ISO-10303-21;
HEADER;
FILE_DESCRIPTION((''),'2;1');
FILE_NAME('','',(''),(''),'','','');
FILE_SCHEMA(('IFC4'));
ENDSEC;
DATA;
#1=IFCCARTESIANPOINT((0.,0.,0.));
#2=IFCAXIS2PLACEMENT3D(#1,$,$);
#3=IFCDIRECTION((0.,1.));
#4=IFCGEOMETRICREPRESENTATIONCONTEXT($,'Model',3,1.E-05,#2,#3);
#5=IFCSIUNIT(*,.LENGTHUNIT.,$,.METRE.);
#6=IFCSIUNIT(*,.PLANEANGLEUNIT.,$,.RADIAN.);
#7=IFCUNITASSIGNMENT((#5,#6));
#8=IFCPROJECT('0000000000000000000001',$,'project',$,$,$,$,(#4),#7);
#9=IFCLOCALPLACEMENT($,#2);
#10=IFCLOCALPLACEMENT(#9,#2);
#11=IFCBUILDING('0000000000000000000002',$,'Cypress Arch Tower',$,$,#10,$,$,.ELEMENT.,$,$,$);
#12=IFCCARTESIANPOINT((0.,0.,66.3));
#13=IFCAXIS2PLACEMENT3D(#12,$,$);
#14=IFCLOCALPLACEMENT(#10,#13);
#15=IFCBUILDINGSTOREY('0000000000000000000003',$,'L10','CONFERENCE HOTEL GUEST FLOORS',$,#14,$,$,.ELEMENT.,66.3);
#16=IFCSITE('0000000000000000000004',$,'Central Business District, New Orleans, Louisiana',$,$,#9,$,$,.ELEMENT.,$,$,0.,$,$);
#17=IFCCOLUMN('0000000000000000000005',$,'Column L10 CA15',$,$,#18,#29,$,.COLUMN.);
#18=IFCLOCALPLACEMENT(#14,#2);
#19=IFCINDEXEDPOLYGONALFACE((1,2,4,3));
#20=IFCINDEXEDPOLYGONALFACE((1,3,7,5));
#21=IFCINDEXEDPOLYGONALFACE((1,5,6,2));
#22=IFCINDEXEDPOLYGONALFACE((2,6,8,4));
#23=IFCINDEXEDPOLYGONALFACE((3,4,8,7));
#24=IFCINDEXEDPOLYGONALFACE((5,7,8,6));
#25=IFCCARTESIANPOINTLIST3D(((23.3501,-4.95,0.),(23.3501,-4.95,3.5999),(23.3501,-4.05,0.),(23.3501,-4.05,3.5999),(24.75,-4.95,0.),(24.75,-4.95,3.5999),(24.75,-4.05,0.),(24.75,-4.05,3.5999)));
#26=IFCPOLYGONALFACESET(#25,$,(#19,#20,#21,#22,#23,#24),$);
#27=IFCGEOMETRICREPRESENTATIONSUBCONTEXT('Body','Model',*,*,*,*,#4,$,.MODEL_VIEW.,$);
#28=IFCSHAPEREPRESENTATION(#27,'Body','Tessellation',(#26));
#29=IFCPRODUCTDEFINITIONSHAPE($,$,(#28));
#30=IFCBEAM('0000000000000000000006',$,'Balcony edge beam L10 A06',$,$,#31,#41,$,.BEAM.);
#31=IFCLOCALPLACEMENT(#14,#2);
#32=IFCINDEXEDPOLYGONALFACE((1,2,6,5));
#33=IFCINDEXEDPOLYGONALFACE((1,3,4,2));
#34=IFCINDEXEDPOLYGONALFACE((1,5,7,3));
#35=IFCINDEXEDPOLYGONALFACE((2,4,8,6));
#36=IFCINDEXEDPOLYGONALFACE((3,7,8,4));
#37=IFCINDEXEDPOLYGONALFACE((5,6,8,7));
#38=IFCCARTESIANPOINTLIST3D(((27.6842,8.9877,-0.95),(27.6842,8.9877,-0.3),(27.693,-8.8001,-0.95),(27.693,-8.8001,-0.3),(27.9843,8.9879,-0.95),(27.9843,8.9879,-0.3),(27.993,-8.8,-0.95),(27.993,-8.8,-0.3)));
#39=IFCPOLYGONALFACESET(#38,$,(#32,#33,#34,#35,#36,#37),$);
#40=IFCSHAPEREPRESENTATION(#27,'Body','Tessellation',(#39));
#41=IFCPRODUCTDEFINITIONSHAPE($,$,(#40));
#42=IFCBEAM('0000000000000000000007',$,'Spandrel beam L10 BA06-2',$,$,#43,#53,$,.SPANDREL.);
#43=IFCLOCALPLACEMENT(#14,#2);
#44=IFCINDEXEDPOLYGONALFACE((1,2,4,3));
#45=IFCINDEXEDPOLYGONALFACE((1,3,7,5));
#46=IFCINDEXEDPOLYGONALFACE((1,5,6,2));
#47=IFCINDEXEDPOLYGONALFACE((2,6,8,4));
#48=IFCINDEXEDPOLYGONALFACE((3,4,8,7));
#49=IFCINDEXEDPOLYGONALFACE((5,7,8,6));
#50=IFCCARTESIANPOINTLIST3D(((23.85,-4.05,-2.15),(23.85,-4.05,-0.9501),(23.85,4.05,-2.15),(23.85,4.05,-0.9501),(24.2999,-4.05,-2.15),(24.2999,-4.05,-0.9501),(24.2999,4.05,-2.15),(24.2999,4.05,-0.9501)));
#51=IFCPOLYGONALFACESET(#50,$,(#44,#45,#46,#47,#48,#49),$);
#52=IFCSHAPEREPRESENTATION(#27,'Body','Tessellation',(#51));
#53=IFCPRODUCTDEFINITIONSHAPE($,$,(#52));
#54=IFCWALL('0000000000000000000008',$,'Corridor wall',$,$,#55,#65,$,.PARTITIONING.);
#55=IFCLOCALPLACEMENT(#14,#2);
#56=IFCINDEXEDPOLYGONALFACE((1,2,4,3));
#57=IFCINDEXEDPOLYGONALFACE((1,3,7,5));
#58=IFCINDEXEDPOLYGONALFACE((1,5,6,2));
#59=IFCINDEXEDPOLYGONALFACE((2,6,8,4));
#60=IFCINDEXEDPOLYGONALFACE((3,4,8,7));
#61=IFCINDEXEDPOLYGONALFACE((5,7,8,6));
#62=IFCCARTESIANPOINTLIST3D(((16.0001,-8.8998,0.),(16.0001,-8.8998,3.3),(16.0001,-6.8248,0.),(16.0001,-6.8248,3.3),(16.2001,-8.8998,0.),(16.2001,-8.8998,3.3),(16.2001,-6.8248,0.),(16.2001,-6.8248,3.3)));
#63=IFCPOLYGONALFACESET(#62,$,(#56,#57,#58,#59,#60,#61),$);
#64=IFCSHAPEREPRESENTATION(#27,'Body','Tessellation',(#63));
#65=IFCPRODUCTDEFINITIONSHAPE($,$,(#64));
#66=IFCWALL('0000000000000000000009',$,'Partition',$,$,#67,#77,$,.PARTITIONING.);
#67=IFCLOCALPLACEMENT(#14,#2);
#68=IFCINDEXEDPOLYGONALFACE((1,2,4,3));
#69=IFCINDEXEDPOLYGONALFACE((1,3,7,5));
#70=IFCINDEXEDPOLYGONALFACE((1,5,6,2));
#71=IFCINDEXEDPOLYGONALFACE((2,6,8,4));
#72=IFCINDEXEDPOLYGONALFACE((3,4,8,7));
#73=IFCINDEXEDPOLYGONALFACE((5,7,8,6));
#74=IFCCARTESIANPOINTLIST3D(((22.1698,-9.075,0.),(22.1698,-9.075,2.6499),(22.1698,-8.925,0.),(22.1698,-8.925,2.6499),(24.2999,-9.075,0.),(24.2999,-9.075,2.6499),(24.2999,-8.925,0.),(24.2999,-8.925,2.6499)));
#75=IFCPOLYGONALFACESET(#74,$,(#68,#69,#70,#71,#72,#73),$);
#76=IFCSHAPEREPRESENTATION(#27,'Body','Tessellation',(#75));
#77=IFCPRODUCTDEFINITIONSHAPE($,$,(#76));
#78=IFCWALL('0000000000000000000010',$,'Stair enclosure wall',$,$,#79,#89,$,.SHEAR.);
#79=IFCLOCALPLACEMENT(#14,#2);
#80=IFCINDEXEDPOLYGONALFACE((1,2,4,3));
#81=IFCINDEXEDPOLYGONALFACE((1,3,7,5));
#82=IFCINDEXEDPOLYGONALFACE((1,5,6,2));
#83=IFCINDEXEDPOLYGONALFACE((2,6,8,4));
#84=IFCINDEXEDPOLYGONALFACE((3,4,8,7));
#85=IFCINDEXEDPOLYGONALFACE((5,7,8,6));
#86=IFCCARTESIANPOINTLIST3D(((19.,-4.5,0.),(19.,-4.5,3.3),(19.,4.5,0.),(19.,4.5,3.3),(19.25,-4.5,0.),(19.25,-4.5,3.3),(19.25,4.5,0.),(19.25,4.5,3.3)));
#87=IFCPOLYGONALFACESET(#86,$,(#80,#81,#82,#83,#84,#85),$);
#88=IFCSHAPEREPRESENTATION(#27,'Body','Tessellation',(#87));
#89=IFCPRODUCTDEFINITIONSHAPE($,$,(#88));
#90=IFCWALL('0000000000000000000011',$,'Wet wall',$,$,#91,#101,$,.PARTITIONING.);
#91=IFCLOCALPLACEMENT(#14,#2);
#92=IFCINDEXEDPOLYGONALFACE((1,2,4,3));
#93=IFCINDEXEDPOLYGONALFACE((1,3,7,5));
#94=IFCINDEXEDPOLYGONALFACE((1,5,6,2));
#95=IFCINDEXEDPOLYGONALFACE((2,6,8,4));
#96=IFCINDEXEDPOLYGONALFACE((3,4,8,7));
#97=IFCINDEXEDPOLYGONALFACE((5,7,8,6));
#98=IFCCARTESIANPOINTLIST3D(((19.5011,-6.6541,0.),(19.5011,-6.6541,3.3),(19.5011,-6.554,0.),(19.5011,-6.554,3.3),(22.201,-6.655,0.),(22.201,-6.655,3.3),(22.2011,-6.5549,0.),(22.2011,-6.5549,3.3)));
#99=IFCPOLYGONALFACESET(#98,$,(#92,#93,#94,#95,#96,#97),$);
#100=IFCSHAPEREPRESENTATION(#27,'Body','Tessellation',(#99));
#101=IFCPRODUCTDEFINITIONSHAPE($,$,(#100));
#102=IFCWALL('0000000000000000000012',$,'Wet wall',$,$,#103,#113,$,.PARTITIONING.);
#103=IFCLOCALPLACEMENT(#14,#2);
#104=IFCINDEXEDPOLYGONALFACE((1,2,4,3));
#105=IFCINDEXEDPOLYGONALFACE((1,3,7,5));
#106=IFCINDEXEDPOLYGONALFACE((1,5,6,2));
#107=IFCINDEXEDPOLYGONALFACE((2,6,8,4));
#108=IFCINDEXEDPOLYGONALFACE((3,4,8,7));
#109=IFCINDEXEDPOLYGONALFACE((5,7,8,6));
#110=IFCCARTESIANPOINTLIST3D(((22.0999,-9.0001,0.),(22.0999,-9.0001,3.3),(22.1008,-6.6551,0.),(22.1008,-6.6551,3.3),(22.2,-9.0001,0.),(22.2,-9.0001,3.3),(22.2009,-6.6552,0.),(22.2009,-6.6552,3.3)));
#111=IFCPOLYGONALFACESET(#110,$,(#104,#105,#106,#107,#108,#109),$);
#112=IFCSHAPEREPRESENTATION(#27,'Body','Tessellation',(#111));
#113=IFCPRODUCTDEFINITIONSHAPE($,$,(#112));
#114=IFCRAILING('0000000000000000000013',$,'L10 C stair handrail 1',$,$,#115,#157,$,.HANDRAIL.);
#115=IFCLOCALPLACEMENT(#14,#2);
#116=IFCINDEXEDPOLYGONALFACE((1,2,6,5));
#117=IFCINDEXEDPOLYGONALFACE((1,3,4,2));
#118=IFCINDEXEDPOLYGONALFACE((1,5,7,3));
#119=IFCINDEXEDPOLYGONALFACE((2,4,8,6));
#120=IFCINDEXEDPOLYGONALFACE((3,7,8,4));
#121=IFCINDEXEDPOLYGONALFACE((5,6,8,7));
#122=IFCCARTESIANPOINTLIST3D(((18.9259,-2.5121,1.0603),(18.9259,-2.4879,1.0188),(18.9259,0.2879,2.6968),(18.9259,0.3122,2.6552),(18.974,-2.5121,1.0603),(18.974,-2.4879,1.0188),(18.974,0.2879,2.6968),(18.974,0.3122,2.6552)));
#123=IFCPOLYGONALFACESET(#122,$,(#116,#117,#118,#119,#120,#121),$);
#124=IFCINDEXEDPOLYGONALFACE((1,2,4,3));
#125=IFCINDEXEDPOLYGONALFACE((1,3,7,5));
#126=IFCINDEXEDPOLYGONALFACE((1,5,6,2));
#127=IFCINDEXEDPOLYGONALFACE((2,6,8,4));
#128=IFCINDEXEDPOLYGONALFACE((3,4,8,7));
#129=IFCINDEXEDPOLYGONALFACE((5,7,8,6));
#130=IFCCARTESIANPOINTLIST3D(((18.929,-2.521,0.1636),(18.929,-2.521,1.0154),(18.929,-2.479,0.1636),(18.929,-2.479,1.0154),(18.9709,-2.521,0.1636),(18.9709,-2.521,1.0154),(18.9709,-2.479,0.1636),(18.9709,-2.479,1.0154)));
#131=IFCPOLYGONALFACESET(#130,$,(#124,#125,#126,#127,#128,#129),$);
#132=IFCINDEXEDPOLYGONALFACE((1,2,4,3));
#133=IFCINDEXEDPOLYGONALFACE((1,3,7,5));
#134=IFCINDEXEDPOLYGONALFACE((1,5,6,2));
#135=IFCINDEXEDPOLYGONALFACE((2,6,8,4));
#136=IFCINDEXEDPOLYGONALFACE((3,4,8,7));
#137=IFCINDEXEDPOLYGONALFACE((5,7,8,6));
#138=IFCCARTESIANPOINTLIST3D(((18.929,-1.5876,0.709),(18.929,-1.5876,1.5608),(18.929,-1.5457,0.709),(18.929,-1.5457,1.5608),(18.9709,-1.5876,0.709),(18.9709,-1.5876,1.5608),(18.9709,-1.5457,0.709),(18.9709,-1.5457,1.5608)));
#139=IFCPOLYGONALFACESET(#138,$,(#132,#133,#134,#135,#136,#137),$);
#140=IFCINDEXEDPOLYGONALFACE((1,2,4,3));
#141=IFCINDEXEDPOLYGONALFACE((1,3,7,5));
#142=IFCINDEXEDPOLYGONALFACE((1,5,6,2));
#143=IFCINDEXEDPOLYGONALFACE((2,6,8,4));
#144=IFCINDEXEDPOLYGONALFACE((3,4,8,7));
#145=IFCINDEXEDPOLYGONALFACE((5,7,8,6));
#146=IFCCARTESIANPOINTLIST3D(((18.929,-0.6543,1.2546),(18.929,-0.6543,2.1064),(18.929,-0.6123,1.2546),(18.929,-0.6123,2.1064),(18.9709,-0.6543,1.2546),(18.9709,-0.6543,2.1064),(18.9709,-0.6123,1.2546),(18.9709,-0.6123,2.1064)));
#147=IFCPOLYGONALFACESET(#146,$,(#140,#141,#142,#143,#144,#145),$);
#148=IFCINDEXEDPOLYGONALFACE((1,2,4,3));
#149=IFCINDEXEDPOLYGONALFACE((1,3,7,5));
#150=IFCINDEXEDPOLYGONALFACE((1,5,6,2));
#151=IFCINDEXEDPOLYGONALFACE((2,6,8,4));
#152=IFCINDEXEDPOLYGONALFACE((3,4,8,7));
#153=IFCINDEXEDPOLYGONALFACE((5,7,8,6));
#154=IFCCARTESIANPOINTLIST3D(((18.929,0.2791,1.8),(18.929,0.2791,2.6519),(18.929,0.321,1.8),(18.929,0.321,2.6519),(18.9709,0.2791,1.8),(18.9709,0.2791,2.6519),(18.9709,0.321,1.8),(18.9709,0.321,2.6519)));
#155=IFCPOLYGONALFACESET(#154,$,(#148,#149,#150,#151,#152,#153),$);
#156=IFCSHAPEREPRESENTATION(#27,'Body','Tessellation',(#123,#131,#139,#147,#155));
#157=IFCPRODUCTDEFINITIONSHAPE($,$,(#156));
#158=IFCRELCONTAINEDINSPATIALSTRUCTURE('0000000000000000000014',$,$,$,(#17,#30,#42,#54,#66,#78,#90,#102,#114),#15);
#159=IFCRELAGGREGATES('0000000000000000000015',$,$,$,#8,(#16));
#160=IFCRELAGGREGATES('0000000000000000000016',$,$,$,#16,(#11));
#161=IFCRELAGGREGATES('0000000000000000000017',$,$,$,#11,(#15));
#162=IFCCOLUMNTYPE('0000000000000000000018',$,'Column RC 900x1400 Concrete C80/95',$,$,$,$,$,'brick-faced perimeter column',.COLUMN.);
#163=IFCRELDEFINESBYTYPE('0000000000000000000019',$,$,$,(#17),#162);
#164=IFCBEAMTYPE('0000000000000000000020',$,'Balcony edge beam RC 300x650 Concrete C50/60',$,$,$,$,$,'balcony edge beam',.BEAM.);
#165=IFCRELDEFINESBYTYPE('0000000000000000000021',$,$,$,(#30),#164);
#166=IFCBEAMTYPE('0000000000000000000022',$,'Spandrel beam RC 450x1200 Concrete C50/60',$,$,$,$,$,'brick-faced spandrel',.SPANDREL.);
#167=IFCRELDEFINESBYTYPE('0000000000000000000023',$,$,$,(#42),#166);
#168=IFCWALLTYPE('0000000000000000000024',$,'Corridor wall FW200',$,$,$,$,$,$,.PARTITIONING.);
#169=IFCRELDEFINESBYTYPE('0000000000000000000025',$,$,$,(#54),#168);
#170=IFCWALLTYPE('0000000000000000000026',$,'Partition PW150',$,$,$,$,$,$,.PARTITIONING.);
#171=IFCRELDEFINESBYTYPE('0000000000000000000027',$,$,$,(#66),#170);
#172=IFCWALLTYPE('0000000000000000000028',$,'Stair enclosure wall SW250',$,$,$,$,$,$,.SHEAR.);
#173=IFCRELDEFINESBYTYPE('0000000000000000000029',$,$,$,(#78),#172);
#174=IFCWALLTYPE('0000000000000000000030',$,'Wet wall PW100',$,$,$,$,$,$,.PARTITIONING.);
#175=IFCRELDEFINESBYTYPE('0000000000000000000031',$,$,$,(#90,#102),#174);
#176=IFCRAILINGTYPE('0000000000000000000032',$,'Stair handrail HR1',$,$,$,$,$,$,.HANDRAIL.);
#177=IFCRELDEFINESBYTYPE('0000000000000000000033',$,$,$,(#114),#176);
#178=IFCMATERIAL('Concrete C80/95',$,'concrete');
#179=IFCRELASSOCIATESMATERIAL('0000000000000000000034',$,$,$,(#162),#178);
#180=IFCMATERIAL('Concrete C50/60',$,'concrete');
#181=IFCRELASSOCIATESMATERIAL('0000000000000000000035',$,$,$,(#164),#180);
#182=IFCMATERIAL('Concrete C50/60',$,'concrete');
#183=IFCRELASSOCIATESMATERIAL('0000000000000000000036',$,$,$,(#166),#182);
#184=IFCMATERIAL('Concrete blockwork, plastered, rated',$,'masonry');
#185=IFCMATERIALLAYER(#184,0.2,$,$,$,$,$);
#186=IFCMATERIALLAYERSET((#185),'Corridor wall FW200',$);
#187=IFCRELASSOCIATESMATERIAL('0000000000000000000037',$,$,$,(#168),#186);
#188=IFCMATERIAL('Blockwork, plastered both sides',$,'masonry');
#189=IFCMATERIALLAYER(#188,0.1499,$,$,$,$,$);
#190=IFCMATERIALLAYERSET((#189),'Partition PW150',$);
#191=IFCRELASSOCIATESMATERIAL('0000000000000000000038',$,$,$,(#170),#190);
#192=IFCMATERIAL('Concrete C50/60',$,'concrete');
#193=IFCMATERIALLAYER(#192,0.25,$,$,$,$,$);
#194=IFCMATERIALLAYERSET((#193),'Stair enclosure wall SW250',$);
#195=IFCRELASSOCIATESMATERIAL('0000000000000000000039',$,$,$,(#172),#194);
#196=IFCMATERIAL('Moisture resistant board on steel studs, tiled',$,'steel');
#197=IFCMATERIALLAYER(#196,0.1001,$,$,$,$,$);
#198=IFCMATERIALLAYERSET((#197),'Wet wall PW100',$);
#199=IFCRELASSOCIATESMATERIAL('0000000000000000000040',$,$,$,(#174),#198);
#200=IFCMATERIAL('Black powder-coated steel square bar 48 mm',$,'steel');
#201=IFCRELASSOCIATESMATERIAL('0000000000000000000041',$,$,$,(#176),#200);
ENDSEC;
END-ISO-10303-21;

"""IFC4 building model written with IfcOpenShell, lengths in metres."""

from ifc_helpers import new_model, si_unit, direction, frame, frame_2d, origin, origin_2d, place, context, subcontext, project, spatial, rectangle, extrude, material, layer, layer_set, material_profile, profile_set, type_object, element, save


model = new_model("IFC4")

# Units and contexts
model_context = context("Model", 3, precision=1e-05, world=origin(), true_north=direction((0.0, 1.0)))
body_context = subcontext(model_context, "Body", "Model", "MODEL_VIEW")
ifc_project = project(units=[si_unit("LENGTHUNIT", "METRE"), si_unit("PLANEANGLEUNIT", "RADIAN")], contexts=[model_context])

# Site, building, storey
site_placement = place(None, origin())
site = spatial("IfcSite", under=ifc_project, at=site_placement, Name="Central Business District, New Orleans, Louisiana", CompositionType="ELEMENT", RefElevation=0.0)
building_placement = place(site_placement, origin())
building = spatial("IfcBuilding", under=site, at=building_placement, Name="Cypress Arch Tower", CompositionType="ELEMENT")
storey_placement = place(building_placement, frame((0.0, 0.0, 66.3)))
storey = spatial("IfcBuildingStorey", under=building, at=storey_placement, Name="L10", Description="CONFERENCE HOTEL GUEST FLOORS", CompositionType="ELEMENT", Elevation=66.3)

# Column
ifc_material_1 = material(Name="Concrete C80/95", Category="concrete")
ifc_material_profile_1 = material_profile(ifc_material_1, rectangle(XDim=0.8999, YDim=1.3999, at=origin_2d()), Name="RC 900x1400")
ifc_profile_set_1 = profile_set([ifc_material_profile_1], Name="Concrete C80/95")
column_type = type_object("IfcColumnType", Name="Column RC 900x1400 Concrete C80/95", ElementType="brick-faced perimeter column", PredefinedType="COLUMN", material=ifc_profile_set_1)
column_placement = place(storey_placement, frame((24.05, -4.5, 0.0), z_axis=(0.0, 0.0, 1.0), x_axis=(0.0, 1.0, 0.0)))
element("IfcColumn", 1, at=column_placement, inside=storey, type_object=column_type, Name="Column L10 CA15", PredefinedType="COLUMN", context=body_context, shape_type="SweptSolid", body=[
    extrude(rectangle(XDim=0.8999, YDim=1.3999, at=origin_2d()), origin(), (0.0, 0.0, 1.0), 3.5999),
])

# Beams
ifc_material_2 = material(Name="Concrete C50/60", Category="concrete")
ifc_material_profile_2 = material_profile(ifc_material_2, rectangle(XDim=0.3, YDim=0.6499, at=origin_2d()), Name="RC 300x650")
ifc_profile_set_2 = profile_set([ifc_material_profile_2], Name="Concrete C50/60")
beam_type_1 = type_object("IfcBeamType", Name="Balcony edge beam RC 300x650 Concrete C50/60", ElementType="balcony edge beam", PredefinedType="BEAM", material=ifc_profile_set_2)
beam_1_placement = place(storey_placement, frame((27.843, -8.8, -0.625), z_axis=(-0.000494, 1.0, 0.0), x_axis=(-1.0, -0.000494, 0.0)))
element("IfcBeam", 2, at=beam_1_placement, inside=storey, type_object=beam_type_1, Name="Balcony edge beam L10 A06", PredefinedType="BEAM", context=body_context, shape_type="SweptSolid", body=[
    extrude(rectangle(XDim=0.3, YDim=0.6499, at=origin_2d()), origin(), (0.0, 0.0, 1.0), 17.7878),
])
ifc_material_3 = material(Name="Concrete C50/60", Category="concrete")
ifc_material_profile_3 = material_profile(ifc_material_3, rectangle(XDim=0.45, YDim=1.2, at=origin_2d()), Name="RC 450x1200")
ifc_profile_set_3 = profile_set([ifc_material_profile_3], Name="Concrete C50/60")
beam_type_2 = type_object("IfcBeamType", Name="Spandrel beam RC 450x1200 Concrete C50/60", ElementType="brick-faced spandrel", PredefinedType="SPANDREL", material=ifc_profile_set_3)
beam_2_placement = place(storey_placement, frame((24.075, -4.05, -1.55), z_axis=(0.0, 1.0, 0.0), x_axis=(-1.0, 0.0, 0.0)))
element("IfcBeam", 3, at=beam_2_placement, inside=storey, type_object=beam_type_2, Name="Spandrel beam L10 BA06-2", PredefinedType="SPANDREL", context=body_context, shape_type="SweptSolid", body=[
    extrude(rectangle(XDim=0.45, YDim=1.2, at=origin_2d()), origin(), (0.0, 0.0, 1.0), 8.1001),
])

# Walls
ifc_material_4 = material(Name="Concrete blockwork, plastered, rated", Category="masonry")
ifc_layer_1 = layer(ifc_material_4, 0.2)
ifc_layer_set_1 = layer_set([ifc_layer_1], Name="Corridor wall FW200")
wall_type_1 = type_object("IfcWallType", Name="Corridor wall FW200", PredefinedType="PARTITIONING", material=ifc_layer_set_1)
wall_1_placement = place(storey_placement, frame((16.1001, -8.8999, 0.0), z_axis=(0.0, 0.0, 1.0), x_axis=(0.0, 1.0, 0.0)))
element("IfcWall", 4, at=wall_1_placement, inside=storey, type_object=wall_type_1, Name="Corridor wall", PredefinedType="PARTITIONING", context=body_context, shape_type="SweptSolid", body=[
    extrude(rectangle(XDim=2.075, YDim=0.2, at=frame_2d((1.0376, 0.0))), origin(), (0.0, 0.0, 1.0), 3.3),
])
ifc_material_5 = material(Name="Blockwork, plastered both sides", Category="masonry")
ifc_layer_2 = layer(ifc_material_5, 0.1499)
ifc_layer_set_2 = layer_set([ifc_layer_2], Name="Partition PW150")
wall_type_2 = type_object("IfcWallType", Name="Partition PW150", PredefinedType="PARTITIONING", material=ifc_layer_set_2)
wall_2_placement = place(storey_placement, frame((22.1699, -9.0, 0.0), z_axis=(0.0, 0.0, 1.0), x_axis=(1.0, 0.0, 0.0)))
element("IfcWall", 5, at=wall_2_placement, inside=storey, type_object=wall_type_2, Name="Partition", PredefinedType="PARTITIONING", context=body_context, shape_type="SweptSolid", body=[
    extrude(rectangle(XDim=2.1301, YDim=0.1499, at=frame_2d((1.0649, 0.0))), origin(), (0.0, 0.0, 1.0), 2.6499),
])
ifc_material_6 = material(Name="Concrete C50/60", Category="concrete")
ifc_layer_3 = layer(ifc_material_6, 0.25)
ifc_layer_set_3 = layer_set([ifc_layer_3], Name="Stair enclosure wall SW250")
wall_type_3 = type_object("IfcWallType", Name="Stair enclosure wall SW250", PredefinedType="SHEAR", material=ifc_layer_set_3)
wall_3_placement = place(storey_placement, frame((19.125, -4.5, 0.0), z_axis=(0.0, 0.0, 1.0), x_axis=(0.0, 1.0, 0.0)))
element("IfcWall", 6, at=wall_3_placement, inside=storey, type_object=wall_type_3, Name="Stair enclosure wall", PredefinedType="SHEAR", context=body_context, shape_type="SweptSolid", body=[
    extrude(rectangle(XDim=9.0, YDim=0.25, at=frame_2d((4.5, 0.0))), origin(), (0.0, 0.0, 1.0), 3.3),
])
ifc_material_7 = material(Name="Moisture resistant board on steel studs, tiled", Category="steel")
ifc_layer_4 = layer(ifc_material_7, 0.1001)
ifc_layer_set_4 = layer_set([ifc_layer_4], Name="Wet wall PW100")
wall_type_4 = type_object("IfcWallType", Name="Wet wall PW100", PredefinedType="PARTITIONING", material=ifc_layer_set_4)
wall_4_placement = place(storey_placement, frame((19.501, -6.604, 0.0), z_axis=(0.0, 0.0, 1.0), x_axis=(1.0, -0.000362, 0.0)))
element("IfcWall", 7, at=wall_4_placement, inside=storey, type_object=wall_type_4, Name="Wet wall", PredefinedType="PARTITIONING", context=body_context, shape_type="SweptSolid", body=[
    extrude(rectangle(XDim=2.7, YDim=0.1001, at=frame_2d((1.3501, 0.0))), origin(), (0.0, 0.0, 1.0), 3.3),
])
wall_5_placement = place(storey_placement, frame((22.1499, -9.0, 0.0), z_axis=(0.0, 0.0, 1.0), x_axis=(0.000416, 1.0, 0.0)))
element("IfcWall", 8, at=wall_5_placement, inside=storey, type_object=wall_type_4, Name="Wet wall", PredefinedType="PARTITIONING", context=body_context, shape_type="SweptSolid", body=[
    extrude(rectangle(XDim=2.345, YDim=0.1001, at=frame_2d((1.1724, 0.0))), origin(), (0.0, 0.0, 1.0), 3.3),
])

# Railing
ifc_material_8 = material(Name="Black powder-coated steel square bar 48 mm", Category="steel")
railing_type_1 = type_object("IfcRailingType", Name="Stair handrail HR1", PredefinedType="HANDRAIL", material=ifc_material_8)
railing_1_placement = place(storey_placement, frame((18.95, -2.5, 0.1636)))
element("IfcRailing", 9, at=railing_1_placement, inside=storey, type_object=railing_type_1, Name="L10 C stair handrail 1", PredefinedType="HANDRAIL", context=body_context, shape_type="SweptSolid", body=[
    extrude(rectangle(XDim=0.0481, YDim=0.0481, at=origin_2d()), frame((0.0, 0.0, 0.876), z_axis=(0.0, 0.863361, 0.504587), x_axis=(-1.0, 0.0, 0.0)), (0.0, 0.0, 1.0), 3.2432),
    extrude(rectangle(XDim=0.042, YDim=0.042, at=origin_2d()), origin(), (0.0, 0.0, 1.0), 0.8518),
    extrude(rectangle(XDim=0.042, YDim=0.042, at=origin_2d()), frame((0.0, 0.9333, 0.5454)), (0.0, 0.0, 1.0), 0.8518),
    extrude(rectangle(XDim=0.042, YDim=0.042, at=origin_2d()), frame((0.0, 1.8667, 1.0911)), (0.0, 0.0, 1.0), 0.8518),
    extrude(rectangle(XDim=0.042, YDim=0.042, at=origin_2d()), frame((0.0, 2.8, 1.6365)), (0.0, 0.0, 1.0), 0.8518),
])

save(model, "model.ifc")
